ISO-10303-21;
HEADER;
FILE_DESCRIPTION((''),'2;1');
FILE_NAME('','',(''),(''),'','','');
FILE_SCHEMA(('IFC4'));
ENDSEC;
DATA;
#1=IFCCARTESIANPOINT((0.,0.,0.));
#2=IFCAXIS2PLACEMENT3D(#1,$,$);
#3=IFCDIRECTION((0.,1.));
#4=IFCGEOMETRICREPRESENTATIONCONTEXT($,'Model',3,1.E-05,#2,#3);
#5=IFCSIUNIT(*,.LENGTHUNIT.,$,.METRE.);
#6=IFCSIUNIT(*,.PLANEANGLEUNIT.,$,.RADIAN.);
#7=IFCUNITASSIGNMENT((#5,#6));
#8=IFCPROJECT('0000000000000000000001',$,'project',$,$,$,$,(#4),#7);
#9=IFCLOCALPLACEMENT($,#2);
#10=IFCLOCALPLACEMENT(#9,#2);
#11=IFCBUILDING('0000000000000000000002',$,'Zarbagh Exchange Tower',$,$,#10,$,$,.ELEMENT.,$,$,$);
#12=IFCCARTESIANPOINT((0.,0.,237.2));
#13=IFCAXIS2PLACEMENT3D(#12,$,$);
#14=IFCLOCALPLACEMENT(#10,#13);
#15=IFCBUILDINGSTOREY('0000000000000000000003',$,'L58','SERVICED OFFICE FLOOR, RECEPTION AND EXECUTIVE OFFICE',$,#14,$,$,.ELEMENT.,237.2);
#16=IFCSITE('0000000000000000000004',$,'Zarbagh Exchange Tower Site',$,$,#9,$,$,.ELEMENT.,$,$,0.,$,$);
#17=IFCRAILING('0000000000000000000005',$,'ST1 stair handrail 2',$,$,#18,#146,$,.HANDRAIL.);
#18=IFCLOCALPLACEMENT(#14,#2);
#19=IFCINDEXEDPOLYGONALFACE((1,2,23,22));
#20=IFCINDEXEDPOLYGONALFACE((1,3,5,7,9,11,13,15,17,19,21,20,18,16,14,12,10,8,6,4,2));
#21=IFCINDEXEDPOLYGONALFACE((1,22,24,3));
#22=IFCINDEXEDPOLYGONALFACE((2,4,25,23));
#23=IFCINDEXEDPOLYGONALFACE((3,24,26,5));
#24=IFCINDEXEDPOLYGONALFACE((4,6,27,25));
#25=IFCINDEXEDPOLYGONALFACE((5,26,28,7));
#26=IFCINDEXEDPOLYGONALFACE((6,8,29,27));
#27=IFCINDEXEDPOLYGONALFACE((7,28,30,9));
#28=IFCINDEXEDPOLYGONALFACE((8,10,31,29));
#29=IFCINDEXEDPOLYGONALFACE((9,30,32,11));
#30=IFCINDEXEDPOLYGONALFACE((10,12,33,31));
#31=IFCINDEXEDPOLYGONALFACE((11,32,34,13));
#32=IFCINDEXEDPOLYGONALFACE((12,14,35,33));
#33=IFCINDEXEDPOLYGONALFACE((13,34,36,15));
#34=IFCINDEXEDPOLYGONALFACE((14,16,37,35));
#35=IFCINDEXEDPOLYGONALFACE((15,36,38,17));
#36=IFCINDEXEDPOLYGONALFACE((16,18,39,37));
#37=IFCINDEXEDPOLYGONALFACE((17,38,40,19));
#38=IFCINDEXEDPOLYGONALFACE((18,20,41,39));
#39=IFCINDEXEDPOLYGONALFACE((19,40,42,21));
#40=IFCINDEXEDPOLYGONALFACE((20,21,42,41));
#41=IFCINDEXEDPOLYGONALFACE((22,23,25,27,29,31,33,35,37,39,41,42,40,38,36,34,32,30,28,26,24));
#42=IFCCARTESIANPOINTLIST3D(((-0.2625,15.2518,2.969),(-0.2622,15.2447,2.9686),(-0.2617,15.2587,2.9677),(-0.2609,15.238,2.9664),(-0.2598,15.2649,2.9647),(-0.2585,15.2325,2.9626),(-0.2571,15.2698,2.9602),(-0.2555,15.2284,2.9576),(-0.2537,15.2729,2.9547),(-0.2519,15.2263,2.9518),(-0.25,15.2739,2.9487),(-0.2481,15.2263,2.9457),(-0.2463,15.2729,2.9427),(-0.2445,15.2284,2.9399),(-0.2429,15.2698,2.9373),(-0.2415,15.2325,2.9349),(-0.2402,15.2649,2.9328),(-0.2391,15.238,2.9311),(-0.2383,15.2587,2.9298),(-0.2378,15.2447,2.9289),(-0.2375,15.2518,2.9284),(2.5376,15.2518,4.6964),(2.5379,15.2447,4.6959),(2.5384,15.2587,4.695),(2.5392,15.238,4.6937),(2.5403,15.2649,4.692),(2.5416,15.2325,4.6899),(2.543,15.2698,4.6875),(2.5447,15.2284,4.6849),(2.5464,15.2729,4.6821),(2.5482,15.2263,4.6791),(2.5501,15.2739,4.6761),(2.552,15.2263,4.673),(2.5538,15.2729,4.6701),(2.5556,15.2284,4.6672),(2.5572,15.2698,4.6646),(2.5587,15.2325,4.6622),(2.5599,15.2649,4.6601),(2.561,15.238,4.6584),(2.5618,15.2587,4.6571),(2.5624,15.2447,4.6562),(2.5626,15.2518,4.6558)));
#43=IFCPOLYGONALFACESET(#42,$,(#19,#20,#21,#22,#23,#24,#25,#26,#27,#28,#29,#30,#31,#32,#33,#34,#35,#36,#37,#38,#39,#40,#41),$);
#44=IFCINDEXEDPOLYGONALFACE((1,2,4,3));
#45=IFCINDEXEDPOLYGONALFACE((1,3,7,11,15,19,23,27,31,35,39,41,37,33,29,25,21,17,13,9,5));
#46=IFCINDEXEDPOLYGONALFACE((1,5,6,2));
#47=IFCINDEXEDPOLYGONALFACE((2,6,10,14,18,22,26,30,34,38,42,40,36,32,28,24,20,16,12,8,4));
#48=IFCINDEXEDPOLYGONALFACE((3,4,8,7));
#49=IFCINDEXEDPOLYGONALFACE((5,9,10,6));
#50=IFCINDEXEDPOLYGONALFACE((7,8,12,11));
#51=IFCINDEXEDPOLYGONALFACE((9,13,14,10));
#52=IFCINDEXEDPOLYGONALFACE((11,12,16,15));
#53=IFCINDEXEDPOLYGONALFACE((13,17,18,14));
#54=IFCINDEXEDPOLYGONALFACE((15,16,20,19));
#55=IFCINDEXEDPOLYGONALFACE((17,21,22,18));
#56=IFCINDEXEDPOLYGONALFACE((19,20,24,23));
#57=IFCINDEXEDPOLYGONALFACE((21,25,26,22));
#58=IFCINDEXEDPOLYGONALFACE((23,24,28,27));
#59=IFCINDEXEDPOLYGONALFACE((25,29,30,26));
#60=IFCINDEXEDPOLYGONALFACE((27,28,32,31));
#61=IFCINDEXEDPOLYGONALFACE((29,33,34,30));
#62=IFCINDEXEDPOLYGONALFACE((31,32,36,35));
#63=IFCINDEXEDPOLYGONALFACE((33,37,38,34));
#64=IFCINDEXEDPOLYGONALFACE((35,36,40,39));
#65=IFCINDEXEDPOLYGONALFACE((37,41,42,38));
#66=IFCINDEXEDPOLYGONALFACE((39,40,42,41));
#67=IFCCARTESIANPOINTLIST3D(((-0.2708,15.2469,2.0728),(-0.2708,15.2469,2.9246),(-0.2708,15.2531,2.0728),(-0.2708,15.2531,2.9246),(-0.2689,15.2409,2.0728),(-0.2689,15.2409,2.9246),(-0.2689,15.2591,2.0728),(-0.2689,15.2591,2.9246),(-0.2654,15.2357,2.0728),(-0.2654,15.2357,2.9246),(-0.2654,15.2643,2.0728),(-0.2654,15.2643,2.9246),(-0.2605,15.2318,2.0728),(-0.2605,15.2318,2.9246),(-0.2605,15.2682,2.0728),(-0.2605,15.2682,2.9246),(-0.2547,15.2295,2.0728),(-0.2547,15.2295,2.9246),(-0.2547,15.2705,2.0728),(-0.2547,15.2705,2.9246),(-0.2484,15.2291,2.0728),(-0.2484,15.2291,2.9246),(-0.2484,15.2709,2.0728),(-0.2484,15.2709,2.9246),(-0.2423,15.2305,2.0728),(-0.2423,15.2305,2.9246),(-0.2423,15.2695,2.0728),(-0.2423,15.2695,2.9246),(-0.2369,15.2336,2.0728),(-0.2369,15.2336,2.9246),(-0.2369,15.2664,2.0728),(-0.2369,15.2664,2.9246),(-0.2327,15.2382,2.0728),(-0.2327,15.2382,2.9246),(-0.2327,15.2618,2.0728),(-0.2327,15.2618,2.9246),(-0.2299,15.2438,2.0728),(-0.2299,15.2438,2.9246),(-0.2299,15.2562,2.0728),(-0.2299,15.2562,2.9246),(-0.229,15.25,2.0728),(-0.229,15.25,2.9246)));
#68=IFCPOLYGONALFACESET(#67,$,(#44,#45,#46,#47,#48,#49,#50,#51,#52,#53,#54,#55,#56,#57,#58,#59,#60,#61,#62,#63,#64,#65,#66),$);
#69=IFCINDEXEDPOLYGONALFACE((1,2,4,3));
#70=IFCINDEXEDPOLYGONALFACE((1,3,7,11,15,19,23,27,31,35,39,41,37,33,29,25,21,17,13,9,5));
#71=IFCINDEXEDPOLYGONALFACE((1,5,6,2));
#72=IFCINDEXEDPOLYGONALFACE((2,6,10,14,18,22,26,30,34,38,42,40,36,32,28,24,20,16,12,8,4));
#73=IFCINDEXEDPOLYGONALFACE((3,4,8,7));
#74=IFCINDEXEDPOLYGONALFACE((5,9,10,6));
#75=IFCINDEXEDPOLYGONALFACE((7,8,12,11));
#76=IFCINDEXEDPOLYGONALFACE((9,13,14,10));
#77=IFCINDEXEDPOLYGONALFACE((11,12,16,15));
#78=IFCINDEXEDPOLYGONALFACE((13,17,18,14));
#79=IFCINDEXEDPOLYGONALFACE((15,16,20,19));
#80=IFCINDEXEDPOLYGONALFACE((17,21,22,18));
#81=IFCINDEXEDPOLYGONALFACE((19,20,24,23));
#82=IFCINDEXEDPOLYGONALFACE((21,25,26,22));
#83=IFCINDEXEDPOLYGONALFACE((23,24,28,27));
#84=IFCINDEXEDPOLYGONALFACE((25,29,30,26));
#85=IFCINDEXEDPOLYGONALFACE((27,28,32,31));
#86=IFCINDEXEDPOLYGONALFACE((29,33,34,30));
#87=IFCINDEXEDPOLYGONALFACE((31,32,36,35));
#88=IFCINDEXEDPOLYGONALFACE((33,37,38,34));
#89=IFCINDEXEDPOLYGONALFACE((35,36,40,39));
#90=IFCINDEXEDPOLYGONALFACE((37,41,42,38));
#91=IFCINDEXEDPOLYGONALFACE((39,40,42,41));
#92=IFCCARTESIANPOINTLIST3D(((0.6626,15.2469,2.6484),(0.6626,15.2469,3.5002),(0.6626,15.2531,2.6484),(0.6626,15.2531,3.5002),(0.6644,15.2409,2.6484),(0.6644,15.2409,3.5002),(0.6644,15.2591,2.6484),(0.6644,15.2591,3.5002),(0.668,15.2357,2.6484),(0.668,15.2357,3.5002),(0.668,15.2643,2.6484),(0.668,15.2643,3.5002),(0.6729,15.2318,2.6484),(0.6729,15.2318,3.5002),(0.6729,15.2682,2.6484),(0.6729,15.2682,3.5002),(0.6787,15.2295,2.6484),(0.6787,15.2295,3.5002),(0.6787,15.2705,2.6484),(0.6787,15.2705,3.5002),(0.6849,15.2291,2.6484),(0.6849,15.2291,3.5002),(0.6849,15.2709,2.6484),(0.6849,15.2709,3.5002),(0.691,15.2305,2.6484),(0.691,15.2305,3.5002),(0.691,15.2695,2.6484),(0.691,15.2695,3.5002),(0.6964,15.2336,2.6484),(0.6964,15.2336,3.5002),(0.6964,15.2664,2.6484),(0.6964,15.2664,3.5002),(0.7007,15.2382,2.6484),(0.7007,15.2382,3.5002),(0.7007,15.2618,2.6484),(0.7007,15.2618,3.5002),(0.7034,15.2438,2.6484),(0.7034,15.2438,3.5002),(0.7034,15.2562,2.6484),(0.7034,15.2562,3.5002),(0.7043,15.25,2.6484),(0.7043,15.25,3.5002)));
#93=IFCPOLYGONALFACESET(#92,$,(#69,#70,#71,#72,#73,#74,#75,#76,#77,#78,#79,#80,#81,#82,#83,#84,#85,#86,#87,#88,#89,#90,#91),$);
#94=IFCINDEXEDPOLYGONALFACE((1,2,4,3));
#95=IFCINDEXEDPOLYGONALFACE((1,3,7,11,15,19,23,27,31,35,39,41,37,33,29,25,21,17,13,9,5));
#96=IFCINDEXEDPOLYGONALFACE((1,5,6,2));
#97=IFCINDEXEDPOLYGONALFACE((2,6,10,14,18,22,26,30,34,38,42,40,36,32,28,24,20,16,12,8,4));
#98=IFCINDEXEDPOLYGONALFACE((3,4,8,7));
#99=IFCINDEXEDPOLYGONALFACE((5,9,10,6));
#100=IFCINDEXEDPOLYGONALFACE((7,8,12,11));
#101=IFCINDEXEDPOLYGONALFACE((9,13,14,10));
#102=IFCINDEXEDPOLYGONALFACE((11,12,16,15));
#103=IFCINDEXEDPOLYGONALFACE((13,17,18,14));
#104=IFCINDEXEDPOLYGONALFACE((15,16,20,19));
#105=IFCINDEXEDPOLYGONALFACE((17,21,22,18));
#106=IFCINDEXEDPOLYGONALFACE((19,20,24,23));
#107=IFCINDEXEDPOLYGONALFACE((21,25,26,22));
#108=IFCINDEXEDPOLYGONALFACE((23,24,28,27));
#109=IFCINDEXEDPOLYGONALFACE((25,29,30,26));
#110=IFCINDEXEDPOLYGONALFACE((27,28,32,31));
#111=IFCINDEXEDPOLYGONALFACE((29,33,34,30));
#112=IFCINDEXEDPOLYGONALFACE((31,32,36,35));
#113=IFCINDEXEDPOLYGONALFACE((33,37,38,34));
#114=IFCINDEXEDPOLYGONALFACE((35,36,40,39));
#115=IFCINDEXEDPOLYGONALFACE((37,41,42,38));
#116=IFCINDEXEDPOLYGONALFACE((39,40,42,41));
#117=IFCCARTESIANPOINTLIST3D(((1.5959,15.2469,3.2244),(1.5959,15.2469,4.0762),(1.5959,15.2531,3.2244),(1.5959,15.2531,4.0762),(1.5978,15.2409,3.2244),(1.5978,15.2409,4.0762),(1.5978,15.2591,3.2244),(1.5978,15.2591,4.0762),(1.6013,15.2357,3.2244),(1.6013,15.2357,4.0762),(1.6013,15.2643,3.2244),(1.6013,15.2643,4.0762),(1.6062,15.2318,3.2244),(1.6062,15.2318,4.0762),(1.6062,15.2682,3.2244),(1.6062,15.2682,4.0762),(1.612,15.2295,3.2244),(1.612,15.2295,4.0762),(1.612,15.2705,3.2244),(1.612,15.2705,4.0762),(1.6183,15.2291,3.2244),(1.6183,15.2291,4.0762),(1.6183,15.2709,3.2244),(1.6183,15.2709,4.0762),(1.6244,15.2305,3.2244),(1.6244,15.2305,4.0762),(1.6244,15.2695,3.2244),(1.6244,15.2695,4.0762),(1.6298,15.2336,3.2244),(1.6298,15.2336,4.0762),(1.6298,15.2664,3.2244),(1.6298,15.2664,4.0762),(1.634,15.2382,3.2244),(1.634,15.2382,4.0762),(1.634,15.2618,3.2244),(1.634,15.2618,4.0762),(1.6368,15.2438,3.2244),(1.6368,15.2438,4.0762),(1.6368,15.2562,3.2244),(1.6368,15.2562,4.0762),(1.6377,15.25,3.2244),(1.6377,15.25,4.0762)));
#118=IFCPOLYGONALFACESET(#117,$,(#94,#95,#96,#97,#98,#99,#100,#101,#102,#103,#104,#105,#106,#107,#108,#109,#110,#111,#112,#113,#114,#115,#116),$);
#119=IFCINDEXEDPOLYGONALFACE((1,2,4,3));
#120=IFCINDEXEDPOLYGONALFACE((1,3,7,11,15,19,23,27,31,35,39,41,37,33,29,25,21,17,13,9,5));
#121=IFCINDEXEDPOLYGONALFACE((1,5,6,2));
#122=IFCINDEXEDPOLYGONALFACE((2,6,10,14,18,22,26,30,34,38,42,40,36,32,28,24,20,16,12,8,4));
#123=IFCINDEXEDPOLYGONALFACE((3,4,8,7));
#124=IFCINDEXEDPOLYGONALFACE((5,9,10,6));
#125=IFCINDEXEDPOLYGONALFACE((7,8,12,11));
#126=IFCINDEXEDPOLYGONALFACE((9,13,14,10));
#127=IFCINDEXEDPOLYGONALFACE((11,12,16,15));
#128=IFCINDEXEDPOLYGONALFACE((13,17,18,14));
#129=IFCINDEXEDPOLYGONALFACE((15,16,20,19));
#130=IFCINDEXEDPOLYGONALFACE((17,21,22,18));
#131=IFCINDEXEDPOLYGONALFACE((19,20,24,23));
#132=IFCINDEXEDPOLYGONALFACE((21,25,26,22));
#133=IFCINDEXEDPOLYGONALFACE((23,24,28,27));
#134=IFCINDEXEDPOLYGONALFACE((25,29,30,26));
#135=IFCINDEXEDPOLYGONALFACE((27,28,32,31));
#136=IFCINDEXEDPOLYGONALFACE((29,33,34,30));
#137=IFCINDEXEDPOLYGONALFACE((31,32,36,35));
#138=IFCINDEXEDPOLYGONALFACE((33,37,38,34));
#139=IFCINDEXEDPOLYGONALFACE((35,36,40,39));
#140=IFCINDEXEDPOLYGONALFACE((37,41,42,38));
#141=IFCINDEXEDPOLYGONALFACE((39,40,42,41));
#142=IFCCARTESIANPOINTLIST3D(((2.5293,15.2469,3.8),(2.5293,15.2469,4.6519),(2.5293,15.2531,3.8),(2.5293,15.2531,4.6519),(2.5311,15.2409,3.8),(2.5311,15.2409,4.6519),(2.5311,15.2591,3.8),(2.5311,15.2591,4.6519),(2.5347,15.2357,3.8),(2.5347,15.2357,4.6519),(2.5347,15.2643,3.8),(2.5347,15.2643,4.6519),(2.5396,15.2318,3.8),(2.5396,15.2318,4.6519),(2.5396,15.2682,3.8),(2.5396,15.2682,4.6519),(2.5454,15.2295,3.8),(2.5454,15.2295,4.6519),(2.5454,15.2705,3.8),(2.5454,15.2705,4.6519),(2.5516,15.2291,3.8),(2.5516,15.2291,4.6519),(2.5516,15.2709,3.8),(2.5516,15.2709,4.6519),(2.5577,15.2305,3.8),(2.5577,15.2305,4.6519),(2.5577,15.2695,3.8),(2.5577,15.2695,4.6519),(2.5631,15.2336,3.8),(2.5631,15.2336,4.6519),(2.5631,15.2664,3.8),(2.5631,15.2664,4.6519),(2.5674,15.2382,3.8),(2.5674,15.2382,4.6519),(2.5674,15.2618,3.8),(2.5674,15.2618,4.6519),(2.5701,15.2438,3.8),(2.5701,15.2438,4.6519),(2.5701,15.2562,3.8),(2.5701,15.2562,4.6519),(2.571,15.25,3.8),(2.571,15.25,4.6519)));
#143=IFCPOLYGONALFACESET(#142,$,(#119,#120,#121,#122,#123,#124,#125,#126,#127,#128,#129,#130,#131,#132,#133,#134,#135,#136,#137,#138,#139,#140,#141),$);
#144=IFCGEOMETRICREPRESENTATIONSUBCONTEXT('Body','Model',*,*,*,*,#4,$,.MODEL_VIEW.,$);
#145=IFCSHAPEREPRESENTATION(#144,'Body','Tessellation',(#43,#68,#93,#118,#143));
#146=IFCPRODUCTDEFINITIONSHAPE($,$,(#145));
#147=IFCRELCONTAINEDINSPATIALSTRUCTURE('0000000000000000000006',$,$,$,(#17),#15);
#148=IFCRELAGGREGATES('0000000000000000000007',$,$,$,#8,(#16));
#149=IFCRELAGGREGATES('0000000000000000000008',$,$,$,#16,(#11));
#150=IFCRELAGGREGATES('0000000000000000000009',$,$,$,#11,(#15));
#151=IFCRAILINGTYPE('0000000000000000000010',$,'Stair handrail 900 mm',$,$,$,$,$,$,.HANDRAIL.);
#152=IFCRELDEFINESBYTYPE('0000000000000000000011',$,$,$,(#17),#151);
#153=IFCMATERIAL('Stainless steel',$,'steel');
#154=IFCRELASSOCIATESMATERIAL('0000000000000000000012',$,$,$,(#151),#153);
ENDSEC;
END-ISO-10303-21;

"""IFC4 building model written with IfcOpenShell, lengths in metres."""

from ifc_helpers import new_model, si_unit, direction, frame, origin, origin_2d, place, context, subcontext, project, spatial, circle, extrude, material, type_object, element, save


model = new_model("IFC4")

# Units and contexts
model_context = context("Model", 3, precision=1e-05, world=origin(), true_north=direction((0.0, 1.0)))
body_context = subcontext(model_context, "Body", "Model", "MODEL_VIEW")
ifc_project = project(units=[si_unit("LENGTHUNIT", "METRE"), si_unit("PLANEANGLEUNIT", "RADIAN")], contexts=[model_context])

# Site, building, storey
site_placement = place(None, origin())
site = spatial("IfcSite", under=ifc_project, at=site_placement, Name="Zarbagh Exchange Tower Site", CompositionType="ELEMENT", RefElevation=0.0)
building_placement = place(site_placement, origin())
building = spatial("IfcBuilding", under=site, at=building_placement, Name="Zarbagh Exchange Tower", CompositionType="ELEMENT")
storey_placement = place(building_placement, frame((0.0, 0.0, 237.2)))
storey = spatial("IfcBuildingStorey", under=building, at=storey_placement, Name="L58", Description="SERVICED OFFICE FLOOR, RECEPTION AND EXECUTIVE OFFICE", CompositionType="ELEMENT", Elevation=237.2)

# Railing
ifc_material_1 = material(Name="Stainless steel", Category="steel")
railing_type = type_object("IfcRailingType", Name="Stair handrail 900 mm", PredefinedType="HANDRAIL", material=ifc_material_1)
railing_placement = place(storey_placement, frame((-0.25, 15.25, 2.0728)))
element("IfcRailing", 1, at=railing_placement, inside=storey, type_object=railing_type, Name="ST1 stair handrail 2", PredefinedType="HANDRAIL", context=body_context, shape_type="SweptSolid", body=[
    extrude(circle(Radius=0.0239, at=origin_2d()), frame((0.0, 0.0, 0.876), z_axis=(0.85109, 0.0, 0.52502), x_axis=(0.0, 1.0, 0.0)), (0.0, 0.0, 1.0), 3.29),
    extrude(circle(Radius=0.021, at=origin_2d()), origin(), (0.0, 0.0, 1.0), 0.8518),
    extrude(circle(Radius=0.021, at=origin_2d()), frame((0.9333, 0.0, 0.5757)), (0.0, 0.0, 1.0), 0.8518),
    extrude(circle(Radius=0.021, at=origin_2d()), frame((1.8667, 0.0, 1.1516)), (0.0, 0.0, 1.0), 0.8518),
    extrude(circle(Radius=0.021, at=origin_2d()), frame((2.8, 0.0, 1.7273)), (0.0, 0.0, 1.0), 0.8518),
])

save(model, "model.ifc")
